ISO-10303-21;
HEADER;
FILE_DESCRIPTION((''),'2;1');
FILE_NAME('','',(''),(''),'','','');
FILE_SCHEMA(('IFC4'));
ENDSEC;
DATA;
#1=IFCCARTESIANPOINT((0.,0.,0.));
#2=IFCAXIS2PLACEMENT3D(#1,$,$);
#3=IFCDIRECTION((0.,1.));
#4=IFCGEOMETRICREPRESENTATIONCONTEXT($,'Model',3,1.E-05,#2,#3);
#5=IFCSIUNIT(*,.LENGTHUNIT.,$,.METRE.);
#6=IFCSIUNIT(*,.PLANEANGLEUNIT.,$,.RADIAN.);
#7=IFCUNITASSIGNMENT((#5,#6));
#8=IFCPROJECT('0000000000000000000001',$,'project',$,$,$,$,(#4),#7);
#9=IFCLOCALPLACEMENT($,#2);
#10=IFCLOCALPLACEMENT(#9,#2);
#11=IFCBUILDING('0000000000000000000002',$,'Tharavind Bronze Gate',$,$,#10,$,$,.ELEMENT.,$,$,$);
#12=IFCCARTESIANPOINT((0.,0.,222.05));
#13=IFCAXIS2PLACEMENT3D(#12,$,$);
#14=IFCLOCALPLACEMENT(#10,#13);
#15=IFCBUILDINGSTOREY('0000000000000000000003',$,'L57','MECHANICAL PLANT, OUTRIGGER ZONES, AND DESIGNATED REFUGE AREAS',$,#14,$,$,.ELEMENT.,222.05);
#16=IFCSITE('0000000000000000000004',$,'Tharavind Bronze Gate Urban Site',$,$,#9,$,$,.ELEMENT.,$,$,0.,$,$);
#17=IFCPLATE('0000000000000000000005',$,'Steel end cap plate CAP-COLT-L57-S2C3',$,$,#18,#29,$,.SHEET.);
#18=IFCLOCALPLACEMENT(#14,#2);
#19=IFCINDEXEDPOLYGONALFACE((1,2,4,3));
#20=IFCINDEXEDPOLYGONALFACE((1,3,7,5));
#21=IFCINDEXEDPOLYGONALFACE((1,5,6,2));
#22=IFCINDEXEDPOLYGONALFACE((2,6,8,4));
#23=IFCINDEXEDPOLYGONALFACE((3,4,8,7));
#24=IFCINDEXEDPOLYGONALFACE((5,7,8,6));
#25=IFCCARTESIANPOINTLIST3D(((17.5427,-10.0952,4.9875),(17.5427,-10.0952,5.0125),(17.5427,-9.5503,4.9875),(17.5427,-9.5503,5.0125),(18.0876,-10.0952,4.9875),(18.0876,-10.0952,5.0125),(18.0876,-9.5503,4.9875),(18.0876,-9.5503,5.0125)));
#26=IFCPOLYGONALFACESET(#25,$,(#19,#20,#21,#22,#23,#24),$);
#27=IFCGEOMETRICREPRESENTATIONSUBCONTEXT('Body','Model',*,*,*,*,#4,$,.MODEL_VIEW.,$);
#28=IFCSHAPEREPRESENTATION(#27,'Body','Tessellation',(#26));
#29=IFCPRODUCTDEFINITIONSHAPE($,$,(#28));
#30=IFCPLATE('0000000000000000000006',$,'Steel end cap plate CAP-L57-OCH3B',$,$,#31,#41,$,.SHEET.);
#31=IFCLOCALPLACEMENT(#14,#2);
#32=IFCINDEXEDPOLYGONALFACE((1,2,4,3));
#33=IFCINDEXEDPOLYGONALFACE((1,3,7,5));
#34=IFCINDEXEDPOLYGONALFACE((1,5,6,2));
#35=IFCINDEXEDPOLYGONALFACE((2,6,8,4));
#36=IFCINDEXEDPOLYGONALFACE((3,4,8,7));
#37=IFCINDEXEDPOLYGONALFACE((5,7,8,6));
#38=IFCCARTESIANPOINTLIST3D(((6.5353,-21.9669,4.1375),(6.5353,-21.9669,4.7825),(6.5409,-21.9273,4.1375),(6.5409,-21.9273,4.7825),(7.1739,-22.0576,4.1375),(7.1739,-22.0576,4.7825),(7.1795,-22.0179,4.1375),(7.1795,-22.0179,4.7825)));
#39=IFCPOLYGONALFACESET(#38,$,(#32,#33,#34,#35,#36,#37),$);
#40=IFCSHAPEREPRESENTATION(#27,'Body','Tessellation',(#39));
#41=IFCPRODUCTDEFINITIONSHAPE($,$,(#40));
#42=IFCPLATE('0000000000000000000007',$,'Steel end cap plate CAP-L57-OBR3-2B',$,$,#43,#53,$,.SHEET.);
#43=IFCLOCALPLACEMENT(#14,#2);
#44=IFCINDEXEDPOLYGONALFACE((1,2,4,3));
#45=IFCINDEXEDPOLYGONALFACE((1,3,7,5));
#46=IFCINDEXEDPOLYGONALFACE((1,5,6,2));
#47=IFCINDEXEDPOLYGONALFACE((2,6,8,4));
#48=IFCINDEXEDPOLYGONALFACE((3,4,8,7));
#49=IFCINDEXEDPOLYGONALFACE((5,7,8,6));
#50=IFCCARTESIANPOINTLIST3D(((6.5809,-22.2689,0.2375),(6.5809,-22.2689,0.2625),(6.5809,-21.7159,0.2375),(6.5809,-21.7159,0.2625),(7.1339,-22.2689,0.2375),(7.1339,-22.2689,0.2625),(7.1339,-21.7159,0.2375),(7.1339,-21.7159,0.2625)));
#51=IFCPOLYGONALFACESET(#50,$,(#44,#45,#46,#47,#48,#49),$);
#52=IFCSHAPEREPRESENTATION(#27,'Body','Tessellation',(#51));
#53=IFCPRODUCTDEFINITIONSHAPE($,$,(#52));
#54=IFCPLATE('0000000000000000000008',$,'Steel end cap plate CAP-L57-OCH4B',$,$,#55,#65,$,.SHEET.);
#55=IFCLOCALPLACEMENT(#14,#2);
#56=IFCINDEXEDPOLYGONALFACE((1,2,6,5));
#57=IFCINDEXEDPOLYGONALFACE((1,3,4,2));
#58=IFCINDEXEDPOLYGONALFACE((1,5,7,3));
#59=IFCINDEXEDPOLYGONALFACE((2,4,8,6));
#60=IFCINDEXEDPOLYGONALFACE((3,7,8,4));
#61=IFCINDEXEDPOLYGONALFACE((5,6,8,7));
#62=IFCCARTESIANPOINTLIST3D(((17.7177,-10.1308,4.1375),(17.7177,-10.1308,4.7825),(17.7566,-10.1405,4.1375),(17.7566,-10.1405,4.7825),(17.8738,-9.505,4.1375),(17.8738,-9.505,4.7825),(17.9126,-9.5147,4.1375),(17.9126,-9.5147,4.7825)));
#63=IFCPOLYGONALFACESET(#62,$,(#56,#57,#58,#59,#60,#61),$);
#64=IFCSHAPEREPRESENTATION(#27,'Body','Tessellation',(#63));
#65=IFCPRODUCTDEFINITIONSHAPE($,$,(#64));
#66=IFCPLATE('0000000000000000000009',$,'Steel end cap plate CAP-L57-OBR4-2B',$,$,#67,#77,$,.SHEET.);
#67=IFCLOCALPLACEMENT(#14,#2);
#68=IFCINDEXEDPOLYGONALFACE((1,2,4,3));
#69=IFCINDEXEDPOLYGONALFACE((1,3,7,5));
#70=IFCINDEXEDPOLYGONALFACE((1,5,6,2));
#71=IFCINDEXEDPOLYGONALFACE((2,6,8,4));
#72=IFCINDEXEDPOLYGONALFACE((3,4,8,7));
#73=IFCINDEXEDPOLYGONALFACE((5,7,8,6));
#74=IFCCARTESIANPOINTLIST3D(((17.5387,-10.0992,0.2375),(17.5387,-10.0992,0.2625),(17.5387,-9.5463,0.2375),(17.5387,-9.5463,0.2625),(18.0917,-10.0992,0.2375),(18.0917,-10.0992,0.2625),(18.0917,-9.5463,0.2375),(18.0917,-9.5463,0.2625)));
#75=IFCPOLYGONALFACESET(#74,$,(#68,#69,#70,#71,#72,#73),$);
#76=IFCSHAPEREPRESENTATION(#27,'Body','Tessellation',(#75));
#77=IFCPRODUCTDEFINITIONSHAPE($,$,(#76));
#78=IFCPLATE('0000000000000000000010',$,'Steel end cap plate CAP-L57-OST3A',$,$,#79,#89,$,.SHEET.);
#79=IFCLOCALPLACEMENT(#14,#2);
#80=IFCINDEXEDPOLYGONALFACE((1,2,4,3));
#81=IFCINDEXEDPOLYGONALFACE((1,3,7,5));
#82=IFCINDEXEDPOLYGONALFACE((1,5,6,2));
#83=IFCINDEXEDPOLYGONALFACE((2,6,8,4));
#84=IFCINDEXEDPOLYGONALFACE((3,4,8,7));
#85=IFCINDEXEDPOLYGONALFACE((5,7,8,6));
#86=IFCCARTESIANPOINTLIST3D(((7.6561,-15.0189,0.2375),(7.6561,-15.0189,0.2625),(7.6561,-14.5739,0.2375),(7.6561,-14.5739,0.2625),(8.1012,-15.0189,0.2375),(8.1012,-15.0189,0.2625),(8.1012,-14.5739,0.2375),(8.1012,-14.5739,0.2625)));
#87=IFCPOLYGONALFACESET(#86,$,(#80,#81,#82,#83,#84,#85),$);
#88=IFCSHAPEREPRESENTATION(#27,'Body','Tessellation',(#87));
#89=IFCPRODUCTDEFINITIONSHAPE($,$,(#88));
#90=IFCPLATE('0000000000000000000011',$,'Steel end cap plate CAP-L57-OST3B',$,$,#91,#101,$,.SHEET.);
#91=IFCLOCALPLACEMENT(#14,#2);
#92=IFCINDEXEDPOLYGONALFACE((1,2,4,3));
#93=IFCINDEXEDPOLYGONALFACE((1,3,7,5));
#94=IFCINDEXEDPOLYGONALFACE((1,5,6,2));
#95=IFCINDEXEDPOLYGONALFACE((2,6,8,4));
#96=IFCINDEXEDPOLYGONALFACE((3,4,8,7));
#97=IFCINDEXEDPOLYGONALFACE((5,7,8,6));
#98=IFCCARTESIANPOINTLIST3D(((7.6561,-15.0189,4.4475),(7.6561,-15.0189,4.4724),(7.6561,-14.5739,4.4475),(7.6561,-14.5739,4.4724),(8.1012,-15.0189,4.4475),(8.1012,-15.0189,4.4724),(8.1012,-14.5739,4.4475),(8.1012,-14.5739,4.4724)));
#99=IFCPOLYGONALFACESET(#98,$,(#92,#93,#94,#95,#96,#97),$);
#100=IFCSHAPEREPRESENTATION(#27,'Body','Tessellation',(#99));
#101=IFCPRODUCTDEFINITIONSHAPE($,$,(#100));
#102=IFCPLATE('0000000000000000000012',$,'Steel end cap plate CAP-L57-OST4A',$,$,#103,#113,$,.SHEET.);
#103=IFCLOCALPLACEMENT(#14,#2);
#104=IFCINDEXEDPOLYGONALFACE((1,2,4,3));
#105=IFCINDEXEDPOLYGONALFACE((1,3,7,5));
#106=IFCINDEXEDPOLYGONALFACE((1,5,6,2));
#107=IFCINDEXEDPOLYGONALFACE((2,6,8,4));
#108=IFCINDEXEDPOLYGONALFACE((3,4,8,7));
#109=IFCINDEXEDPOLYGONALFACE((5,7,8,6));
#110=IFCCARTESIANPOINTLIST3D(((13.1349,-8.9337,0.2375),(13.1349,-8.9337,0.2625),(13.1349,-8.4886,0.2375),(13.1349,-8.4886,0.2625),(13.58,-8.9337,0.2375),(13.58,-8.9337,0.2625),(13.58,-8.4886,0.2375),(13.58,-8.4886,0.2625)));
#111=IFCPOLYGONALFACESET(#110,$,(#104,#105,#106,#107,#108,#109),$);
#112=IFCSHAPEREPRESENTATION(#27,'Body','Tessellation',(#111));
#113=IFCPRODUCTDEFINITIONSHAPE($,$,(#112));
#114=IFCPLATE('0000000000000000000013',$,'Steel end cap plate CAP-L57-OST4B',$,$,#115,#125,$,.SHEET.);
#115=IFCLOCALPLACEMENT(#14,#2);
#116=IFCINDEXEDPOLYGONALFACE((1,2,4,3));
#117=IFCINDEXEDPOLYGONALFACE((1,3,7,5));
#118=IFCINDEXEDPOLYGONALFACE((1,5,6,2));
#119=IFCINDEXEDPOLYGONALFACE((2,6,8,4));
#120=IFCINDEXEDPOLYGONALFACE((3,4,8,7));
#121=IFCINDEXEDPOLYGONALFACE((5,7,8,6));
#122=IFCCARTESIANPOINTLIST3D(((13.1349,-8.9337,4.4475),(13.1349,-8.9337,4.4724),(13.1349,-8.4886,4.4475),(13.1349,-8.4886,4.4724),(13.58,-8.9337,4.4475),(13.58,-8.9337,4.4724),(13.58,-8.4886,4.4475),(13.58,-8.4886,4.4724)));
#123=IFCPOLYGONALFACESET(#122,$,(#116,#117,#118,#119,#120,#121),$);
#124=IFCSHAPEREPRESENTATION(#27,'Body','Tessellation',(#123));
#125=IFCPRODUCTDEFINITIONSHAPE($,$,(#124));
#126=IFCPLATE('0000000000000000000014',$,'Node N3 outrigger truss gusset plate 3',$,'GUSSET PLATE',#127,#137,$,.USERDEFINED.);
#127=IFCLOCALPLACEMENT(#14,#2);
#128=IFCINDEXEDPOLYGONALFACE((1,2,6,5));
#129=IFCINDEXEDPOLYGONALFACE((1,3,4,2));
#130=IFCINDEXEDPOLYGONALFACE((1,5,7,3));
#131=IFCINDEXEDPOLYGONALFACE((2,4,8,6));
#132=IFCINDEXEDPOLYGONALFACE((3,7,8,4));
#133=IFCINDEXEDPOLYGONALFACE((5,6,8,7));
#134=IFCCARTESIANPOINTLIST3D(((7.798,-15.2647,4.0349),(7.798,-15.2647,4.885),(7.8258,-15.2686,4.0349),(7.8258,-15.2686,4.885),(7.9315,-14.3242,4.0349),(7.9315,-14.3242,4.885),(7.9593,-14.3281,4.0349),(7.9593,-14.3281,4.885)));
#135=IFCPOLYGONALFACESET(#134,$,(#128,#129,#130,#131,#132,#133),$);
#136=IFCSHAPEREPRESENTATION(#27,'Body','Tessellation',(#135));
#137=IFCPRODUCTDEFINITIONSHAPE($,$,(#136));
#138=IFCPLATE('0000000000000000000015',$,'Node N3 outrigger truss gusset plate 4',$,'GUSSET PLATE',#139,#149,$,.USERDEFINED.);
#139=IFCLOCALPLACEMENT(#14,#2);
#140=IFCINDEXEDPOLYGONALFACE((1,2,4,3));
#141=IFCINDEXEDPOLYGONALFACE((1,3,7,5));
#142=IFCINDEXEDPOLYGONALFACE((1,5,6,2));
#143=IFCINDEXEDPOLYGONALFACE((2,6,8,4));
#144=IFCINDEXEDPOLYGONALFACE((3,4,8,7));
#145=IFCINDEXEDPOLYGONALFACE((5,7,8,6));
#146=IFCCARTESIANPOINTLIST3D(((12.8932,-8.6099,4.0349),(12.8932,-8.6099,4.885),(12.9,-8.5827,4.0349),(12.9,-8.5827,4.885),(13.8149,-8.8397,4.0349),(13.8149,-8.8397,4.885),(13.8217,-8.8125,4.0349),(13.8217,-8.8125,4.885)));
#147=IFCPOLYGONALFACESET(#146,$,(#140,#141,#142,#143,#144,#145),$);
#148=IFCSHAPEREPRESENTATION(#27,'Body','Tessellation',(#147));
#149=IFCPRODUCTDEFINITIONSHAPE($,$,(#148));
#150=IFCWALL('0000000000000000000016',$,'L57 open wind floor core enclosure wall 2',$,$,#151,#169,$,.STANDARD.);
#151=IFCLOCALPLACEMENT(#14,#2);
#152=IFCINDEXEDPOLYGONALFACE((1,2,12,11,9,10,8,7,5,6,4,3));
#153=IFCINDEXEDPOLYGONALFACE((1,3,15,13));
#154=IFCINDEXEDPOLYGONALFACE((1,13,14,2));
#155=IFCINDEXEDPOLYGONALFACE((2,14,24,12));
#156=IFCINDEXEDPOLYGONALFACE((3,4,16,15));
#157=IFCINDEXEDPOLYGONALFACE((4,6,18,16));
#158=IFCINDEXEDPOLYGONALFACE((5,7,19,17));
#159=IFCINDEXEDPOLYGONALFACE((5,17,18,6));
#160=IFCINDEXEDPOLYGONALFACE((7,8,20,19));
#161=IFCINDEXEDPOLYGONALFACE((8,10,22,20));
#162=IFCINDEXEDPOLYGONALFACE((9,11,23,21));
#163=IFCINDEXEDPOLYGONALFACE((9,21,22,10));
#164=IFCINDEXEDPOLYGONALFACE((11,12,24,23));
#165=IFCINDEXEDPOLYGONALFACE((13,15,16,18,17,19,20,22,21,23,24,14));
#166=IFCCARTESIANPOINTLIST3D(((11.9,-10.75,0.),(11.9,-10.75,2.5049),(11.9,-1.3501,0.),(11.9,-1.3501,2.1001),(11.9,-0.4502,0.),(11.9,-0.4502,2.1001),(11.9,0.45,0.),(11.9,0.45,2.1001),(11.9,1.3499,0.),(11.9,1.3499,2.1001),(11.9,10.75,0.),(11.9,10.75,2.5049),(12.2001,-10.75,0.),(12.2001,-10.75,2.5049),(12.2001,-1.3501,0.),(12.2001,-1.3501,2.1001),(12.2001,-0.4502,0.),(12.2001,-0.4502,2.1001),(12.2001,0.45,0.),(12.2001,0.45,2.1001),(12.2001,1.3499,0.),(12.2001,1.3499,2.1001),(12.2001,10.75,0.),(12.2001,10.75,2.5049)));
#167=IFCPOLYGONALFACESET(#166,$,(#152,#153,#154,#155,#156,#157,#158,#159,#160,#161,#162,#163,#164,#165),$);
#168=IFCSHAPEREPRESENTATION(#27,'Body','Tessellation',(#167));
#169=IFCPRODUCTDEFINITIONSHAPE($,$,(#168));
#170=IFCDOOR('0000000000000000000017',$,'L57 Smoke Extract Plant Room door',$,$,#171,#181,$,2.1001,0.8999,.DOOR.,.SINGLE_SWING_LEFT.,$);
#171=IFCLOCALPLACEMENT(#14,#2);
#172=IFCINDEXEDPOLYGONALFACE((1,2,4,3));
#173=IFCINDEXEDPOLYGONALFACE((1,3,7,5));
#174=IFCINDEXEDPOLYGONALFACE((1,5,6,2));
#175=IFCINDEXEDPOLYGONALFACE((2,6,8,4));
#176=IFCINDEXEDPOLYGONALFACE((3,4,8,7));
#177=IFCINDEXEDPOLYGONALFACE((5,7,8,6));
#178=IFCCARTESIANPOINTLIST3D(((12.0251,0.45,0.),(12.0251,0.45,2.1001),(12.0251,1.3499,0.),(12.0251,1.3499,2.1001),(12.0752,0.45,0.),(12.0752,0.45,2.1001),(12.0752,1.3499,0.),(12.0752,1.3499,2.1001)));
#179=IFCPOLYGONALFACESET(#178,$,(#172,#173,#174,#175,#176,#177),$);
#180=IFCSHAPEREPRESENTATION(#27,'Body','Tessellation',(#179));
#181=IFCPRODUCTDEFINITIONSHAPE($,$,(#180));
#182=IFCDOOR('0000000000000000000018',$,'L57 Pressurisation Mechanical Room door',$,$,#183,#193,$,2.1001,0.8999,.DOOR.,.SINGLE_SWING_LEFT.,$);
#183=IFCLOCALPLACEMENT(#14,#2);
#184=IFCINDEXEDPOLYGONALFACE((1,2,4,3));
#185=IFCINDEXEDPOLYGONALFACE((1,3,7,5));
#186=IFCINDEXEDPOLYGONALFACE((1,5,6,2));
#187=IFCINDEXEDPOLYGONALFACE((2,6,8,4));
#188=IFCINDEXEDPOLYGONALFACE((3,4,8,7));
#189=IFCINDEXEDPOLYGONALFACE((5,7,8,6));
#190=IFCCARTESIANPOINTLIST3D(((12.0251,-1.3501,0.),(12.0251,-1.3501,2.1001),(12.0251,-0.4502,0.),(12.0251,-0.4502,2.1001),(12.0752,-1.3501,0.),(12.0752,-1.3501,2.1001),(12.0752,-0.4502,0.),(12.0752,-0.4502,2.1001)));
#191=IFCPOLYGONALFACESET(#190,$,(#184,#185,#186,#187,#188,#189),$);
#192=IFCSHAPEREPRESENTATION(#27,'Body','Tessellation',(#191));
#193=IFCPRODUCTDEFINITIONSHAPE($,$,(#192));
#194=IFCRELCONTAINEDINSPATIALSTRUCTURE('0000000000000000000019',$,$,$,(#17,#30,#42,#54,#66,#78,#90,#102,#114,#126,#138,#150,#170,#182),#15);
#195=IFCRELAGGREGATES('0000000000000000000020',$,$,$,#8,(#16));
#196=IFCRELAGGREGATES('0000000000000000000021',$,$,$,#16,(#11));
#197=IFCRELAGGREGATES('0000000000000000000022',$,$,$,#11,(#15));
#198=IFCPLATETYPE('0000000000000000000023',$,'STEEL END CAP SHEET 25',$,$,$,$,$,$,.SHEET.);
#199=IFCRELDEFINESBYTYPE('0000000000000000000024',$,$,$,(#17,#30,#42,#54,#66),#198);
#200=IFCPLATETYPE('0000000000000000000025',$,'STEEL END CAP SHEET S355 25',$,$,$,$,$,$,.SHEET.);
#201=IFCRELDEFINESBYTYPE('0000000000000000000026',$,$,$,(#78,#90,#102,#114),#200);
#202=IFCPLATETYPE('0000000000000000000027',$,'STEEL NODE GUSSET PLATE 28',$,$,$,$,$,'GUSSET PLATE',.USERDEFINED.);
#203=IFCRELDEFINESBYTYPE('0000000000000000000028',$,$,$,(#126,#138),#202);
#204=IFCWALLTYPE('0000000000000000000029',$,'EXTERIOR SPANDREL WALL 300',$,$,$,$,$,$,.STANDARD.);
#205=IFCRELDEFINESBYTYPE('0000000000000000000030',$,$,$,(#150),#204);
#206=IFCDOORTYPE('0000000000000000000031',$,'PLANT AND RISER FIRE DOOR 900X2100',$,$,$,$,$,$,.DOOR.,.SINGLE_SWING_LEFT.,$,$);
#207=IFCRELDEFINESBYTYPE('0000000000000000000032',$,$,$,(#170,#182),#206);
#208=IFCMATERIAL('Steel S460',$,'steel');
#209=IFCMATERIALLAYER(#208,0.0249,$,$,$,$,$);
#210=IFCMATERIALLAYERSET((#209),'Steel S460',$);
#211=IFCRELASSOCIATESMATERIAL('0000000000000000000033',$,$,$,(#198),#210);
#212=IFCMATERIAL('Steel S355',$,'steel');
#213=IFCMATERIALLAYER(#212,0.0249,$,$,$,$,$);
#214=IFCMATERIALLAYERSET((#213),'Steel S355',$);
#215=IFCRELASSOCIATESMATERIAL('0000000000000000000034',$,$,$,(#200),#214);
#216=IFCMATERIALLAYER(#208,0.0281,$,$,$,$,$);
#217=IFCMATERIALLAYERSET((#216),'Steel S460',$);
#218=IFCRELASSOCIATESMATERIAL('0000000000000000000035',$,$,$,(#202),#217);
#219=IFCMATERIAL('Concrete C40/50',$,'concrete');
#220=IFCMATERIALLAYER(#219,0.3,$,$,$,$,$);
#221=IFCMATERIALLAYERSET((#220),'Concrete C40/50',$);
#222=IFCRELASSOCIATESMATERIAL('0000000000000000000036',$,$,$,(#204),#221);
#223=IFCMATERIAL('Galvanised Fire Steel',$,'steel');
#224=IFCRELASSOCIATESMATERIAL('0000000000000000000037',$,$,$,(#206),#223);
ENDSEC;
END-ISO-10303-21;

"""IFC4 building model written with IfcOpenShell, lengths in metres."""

from ifc_helpers import new_model, si_unit, direction, frame, frame_2d, origin, origin_2d, place, context, subcontext, project, spatial, rectangle, extrude, material, layer, layer_set, type_object, element, fill, save


model = new_model("IFC4")

# Units and contexts
model_context = context("Model", 3, precision=1e-05, world=origin(), true_north=direction((0.0, 1.0)))
body_context = subcontext(model_context, "Body", "Model", "MODEL_VIEW")
ifc_project = project(units=[si_unit("LENGTHUNIT", "METRE"), si_unit("PLANEANGLEUNIT", "RADIAN")], contexts=[model_context])

# Site, building, storey
site_placement = place(None, origin())
site = spatial("IfcSite", under=ifc_project, at=site_placement, Name="Tharavind Bronze Gate Urban Site", CompositionType="ELEMENT", RefElevation=0.0)
building_placement = place(site_placement, origin())
building = spatial("IfcBuilding", under=site, at=building_placement, Name="Tharavind Bronze Gate", CompositionType="ELEMENT")
storey_placement = place(building_placement, frame((0.0, 0.0, 222.05)))
storey = spatial("IfcBuildingStorey", under=building, at=storey_placement, Name="L57", Description="MECHANICAL PLANT, OUTRIGGER ZONES, AND DESIGNATED REFUGE AREAS", CompositionType="ELEMENT", Elevation=222.05)

# Shared definitions
ifc_material_1 = material(Name="Steel S460", Category="steel")

# Shared definitions
ifc_material_2 = material(Name="Steel S355", Category="steel")

# Plates
ifc_layer_1 = layer(ifc_material_1, 0.0249)
ifc_layer_set_1 = layer_set([ifc_layer_1], Name="Steel S460")
plate_type_1 = type_object("IfcPlateType", Name="STEEL END CAP SHEET 25", PredefinedType="SHEET", material=ifc_layer_set_1)
for number, where, z_axis, x_axis, name in (
    (1, (17.8152, -9.8228, 4.9875), (0.0, 0.0, 1.0), (1.0, 0.0, 0.0), "Steel end cap plate CAP-COLT-L57-S2C3"),
):
    element("IfcPlate", number, at=place(storey_placement, frame(where, z_axis=z_axis, x_axis=x_axis)), inside=storey, type_object=plate_type_1, Name=name, PredefinedType="SHEET", context=body_context, shape_type="SweptSolid", body=[
        extrude(rectangle(XDim=0.5449, YDim=0.5449, at=origin_2d()), origin(), (0.0, 0.0, 1.0), 0.0249),
    ])
plate_1_placement = place(storey_placement, frame((6.8574, -21.9924, 4.1375), z_axis=(0.0, 0.0, 1.0), x_axis=(0.140519, 0.990078, 0.0)))
element("IfcPlate", 2, at=plate_1_placement, inside=storey, type_object=plate_type_1, Name="Steel end cap plate CAP-L57-OCH3B", PredefinedType="SHEET", context=body_context, shape_type="SweptSolid", body=[
    extrude(rectangle(XDim=0.04, YDim=0.645, at=origin_2d()), origin(), (0.0, 0.0, 1.0), 0.645),
])
plate_2_placement = place(storey_placement, frame((6.8574, -21.9924, 0.2375), z_axis=(0.0, 0.0, 1.0), x_axis=(1.0, 0.0, 0.0)))
element("IfcPlate", 3, at=plate_2_placement, inside=storey, type_object=plate_type_1, Name="Steel end cap plate CAP-L57-OBR3-2B", PredefinedType="SHEET", context=body_context, shape_type="SweptSolid", body=[
    extrude(rectangle(XDim=0.553, YDim=0.553, at=origin_2d()), origin(), (0.0, 0.0, 1.0), 0.0249),
])
plate_3_placement = place(storey_placement, frame((17.8152, -9.8228, 4.1375), z_axis=(0.0, 0.0, 1.0), x_axis=(-0.970298, 0.241913, 0.0)))
element("IfcPlate", 4, at=plate_3_placement, inside=storey, type_object=plate_type_1, Name="Steel end cap plate CAP-L57-OCH4B", PredefinedType="SHEET", context=body_context, shape_type="SweptSolid", body=[
    extrude(rectangle(XDim=0.04, YDim=0.645, at=origin_2d()), origin(), (0.0, 0.0, 1.0), 0.645),
])
plate_4_placement = place(storey_placement, frame((17.8152, -9.8228, 0.2375), z_axis=(0.0, 0.0, 1.0), x_axis=(1.0, 0.0, 0.0)))
element("IfcPlate", 5, at=plate_4_placement, inside=storey, type_object=plate_type_1, Name="Steel end cap plate CAP-L57-OBR4-2B", PredefinedType="SHEET", context=body_context, shape_type="SweptSolid", body=[
    extrude(rectangle(XDim=0.553, YDim=0.553, at=origin_2d()), origin(), (0.0, 0.0, 1.0), 0.0249),
])
ifc_layer_2 = layer(ifc_material_2, 0.0249)
ifc_layer_set_2 = layer_set([ifc_layer_2], Name="Steel S355")
plate_type_2 = type_object("IfcPlateType", Name="STEEL END CAP SHEET S355 25", PredefinedType="SHEET", material=ifc_layer_set_2)
for number, where, z_axis, x_axis, name in (
    (6, (7.8787, -14.7964, 0.2375), (0.0, 0.0, 1.0), (1.0, 0.0, 0.0), "Steel end cap plate CAP-L57-OST3A"),
    (7, (7.8787, -14.7964, 4.4475), (0.0, 0.0, 1.0), (1.0, 0.0, 0.0), "Steel end cap plate CAP-L57-OST3B"),
    (8, (13.3574, -8.7112, 0.2375), (0.0, 0.0, 1.0), (1.0, 0.0, 0.0), "Steel end cap plate CAP-L57-OST4A"),
    (9, (13.3574, -8.7112, 4.4475), (0.0, 0.0, 1.0), (1.0, 0.0, 0.0), "Steel end cap plate CAP-L57-OST4B"),
):
    element("IfcPlate", number, at=place(storey_placement, frame(where, z_axis=z_axis, x_axis=x_axis)), inside=storey, type_object=plate_type_2, Name=name, PredefinedType="SHEET", context=body_context, shape_type="SweptSolid", body=[
        extrude(rectangle(XDim=0.4451, YDim=0.4451, at=origin_2d()), origin(), (0.0, 0.0, 1.0), 0.0249),
    ])
ifc_layer_3 = layer(ifc_material_1, 0.0281)
ifc_layer_set_3 = layer_set([ifc_layer_3], Name="Steel S460")
plate_type_3 = type_object("IfcPlateType", Name="STEEL NODE GUSSET PLATE 28", ElementType="GUSSET PLATE", PredefinedType="USERDEFINED", material=ifc_layer_set_3)
for number, where, z_axis, x_axis, name in (
    (10, (7.8787, -14.7964, 4.0349), (0.0, 0.0, 1.0), (0.140519, 0.990078, 0.0), "Node N3 outrigger truss gusset plate 3"),
    (11, (13.3574, -8.7112, 4.0349), (0.0, 0.0, 1.0), (-0.970298, 0.241913, 0.0), "Node N3 outrigger truss gusset plate 4"),
):
    element("IfcPlate", number, at=place(storey_placement, frame(where, z_axis=z_axis, x_axis=x_axis)), inside=storey, type_object=plate_type_3, Name=name, ObjectType="GUSSET PLATE", PredefinedType="USERDEFINED", context=body_context, shape_type="SweptSolid", body=[
        extrude(rectangle(XDim=0.95, YDim=0.0281, at=origin_2d()), origin(), (0.0, 0.0, 1.0), 0.8501),
    ])

# Wall, openings, doors
ifc_material_3 = material(Name="Concrete C40/50", Category="concrete")
ifc_layer_4 = layer(ifc_material_3, 0.3)
ifc_layer_set_4 = layer_set([ifc_layer_4], Name="Concrete C40/50")
wall_type_1 = type_object("IfcWallType", Name="EXTERIOR SPANDREL WALL 300", PredefinedType="STANDARD", material=ifc_layer_set_4)
wall_1_placement = place(storey_placement, frame((12.05, -10.75, 0.0), z_axis=(0.0, 0.0, 1.0), x_axis=(0.0, 1.0, 0.0)))
wall_1 = element("IfcWall", 12, at=wall_1_placement, inside=storey, type_object=wall_type_1, Name="L57 open wind floor core enclosure wall 2", PredefinedType="STANDARD", context=body_context, shape_type="SweptSolid", body=[
    extrude(rectangle(XDim=21.5, YDim=0.3, at=frame_2d((10.75, 0.0))), origin(), (0.0, 0.0, 1.0), 2.5049),
])
opening_1_placement = place(wall_1_placement, frame((11.2, 0.0, 0.0)))
opening_1 = element("IfcOpeningElement", 13, at=opening_1_placement, cuts=wall_1, PredefinedType="OPENING", context=body_context, shape_type="SweptSolid", body=[
    extrude(rectangle(XDim=0.8999, YDim=2.1001, at=frame_2d((0.45, 1.05))), frame((0.0, 0.1599, 0.0), z_axis=(0.0, -1.0, 0.0), x_axis=(1.0, 0.0, 0.0)), (0.0, 0.0, 1.0), 0.32),
])
opening_2_placement = place(wall_1_placement, frame((9.3999, 0.0, 0.0)))
opening_2 = element("IfcOpeningElement", 14, at=opening_2_placement, cuts=wall_1, PredefinedType="OPENING", context=body_context, shape_type="SweptSolid", body=[
    extrude(rectangle(XDim=0.8999, YDim=2.1001, at=frame_2d((0.45, 1.05))), frame((0.0, 0.1599, 0.0), z_axis=(0.0, -1.0, 0.0), x_axis=(1.0, 0.0, 0.0)), (0.0, 0.0, 1.0), 0.32),
])
ifc_material_4 = material(Name="Galvanised Fire Steel", Category="steel")
door_type = type_object("IfcDoorType", Name="PLANT AND RISER FIRE DOOR 900X2100", OperationType="SINGLE_SWING_LEFT", PredefinedType="DOOR", material=ifc_material_4)
door_1_placement = place(opening_1_placement, origin())
door_1 = element("IfcDoor", 15, at=door_1_placement, inside=storey, type_object=door_type, Name="L57 Smoke Extract Plant Room door", OperationType="SINGLE_SWING_LEFT", OverallHeight=2.1001, OverallWidth=0.8999, PredefinedType="DOOR", context=body_context, shape_type="SweptSolid", body=[
    extrude(rectangle(XDim=0.8999, YDim=2.1001, at=frame_2d((0.45, 1.05))), frame((0.0, 0.0249, 0.0), z_axis=(0.0, -1.0, 0.0), x_axis=(1.0, 0.0, 0.0)), (0.0, 0.0, 1.0), 0.05),
])
fill(opening_1, door_1)
door_2_placement = place(opening_2_placement, origin())
door_2 = element("IfcDoor", 16, at=door_2_placement, inside=storey, type_object=door_type, Name="L57 Pressurisation Mechanical Room door", OperationType="SINGLE_SWING_LEFT", OverallHeight=2.1001, OverallWidth=0.8999, PredefinedType="DOOR", context=body_context, shape_type="SweptSolid", body=[
    extrude(rectangle(XDim=0.8999, YDim=2.1001, at=frame_2d((0.45, 1.05))), frame((0.0, 0.0249, 0.0), z_axis=(0.0, -1.0, 0.0), x_axis=(1.0, 0.0, 0.0)), (0.0, 0.0, 1.0), 0.05),
])
fill(opening_2, door_2)

save(model, "model.ifc")
